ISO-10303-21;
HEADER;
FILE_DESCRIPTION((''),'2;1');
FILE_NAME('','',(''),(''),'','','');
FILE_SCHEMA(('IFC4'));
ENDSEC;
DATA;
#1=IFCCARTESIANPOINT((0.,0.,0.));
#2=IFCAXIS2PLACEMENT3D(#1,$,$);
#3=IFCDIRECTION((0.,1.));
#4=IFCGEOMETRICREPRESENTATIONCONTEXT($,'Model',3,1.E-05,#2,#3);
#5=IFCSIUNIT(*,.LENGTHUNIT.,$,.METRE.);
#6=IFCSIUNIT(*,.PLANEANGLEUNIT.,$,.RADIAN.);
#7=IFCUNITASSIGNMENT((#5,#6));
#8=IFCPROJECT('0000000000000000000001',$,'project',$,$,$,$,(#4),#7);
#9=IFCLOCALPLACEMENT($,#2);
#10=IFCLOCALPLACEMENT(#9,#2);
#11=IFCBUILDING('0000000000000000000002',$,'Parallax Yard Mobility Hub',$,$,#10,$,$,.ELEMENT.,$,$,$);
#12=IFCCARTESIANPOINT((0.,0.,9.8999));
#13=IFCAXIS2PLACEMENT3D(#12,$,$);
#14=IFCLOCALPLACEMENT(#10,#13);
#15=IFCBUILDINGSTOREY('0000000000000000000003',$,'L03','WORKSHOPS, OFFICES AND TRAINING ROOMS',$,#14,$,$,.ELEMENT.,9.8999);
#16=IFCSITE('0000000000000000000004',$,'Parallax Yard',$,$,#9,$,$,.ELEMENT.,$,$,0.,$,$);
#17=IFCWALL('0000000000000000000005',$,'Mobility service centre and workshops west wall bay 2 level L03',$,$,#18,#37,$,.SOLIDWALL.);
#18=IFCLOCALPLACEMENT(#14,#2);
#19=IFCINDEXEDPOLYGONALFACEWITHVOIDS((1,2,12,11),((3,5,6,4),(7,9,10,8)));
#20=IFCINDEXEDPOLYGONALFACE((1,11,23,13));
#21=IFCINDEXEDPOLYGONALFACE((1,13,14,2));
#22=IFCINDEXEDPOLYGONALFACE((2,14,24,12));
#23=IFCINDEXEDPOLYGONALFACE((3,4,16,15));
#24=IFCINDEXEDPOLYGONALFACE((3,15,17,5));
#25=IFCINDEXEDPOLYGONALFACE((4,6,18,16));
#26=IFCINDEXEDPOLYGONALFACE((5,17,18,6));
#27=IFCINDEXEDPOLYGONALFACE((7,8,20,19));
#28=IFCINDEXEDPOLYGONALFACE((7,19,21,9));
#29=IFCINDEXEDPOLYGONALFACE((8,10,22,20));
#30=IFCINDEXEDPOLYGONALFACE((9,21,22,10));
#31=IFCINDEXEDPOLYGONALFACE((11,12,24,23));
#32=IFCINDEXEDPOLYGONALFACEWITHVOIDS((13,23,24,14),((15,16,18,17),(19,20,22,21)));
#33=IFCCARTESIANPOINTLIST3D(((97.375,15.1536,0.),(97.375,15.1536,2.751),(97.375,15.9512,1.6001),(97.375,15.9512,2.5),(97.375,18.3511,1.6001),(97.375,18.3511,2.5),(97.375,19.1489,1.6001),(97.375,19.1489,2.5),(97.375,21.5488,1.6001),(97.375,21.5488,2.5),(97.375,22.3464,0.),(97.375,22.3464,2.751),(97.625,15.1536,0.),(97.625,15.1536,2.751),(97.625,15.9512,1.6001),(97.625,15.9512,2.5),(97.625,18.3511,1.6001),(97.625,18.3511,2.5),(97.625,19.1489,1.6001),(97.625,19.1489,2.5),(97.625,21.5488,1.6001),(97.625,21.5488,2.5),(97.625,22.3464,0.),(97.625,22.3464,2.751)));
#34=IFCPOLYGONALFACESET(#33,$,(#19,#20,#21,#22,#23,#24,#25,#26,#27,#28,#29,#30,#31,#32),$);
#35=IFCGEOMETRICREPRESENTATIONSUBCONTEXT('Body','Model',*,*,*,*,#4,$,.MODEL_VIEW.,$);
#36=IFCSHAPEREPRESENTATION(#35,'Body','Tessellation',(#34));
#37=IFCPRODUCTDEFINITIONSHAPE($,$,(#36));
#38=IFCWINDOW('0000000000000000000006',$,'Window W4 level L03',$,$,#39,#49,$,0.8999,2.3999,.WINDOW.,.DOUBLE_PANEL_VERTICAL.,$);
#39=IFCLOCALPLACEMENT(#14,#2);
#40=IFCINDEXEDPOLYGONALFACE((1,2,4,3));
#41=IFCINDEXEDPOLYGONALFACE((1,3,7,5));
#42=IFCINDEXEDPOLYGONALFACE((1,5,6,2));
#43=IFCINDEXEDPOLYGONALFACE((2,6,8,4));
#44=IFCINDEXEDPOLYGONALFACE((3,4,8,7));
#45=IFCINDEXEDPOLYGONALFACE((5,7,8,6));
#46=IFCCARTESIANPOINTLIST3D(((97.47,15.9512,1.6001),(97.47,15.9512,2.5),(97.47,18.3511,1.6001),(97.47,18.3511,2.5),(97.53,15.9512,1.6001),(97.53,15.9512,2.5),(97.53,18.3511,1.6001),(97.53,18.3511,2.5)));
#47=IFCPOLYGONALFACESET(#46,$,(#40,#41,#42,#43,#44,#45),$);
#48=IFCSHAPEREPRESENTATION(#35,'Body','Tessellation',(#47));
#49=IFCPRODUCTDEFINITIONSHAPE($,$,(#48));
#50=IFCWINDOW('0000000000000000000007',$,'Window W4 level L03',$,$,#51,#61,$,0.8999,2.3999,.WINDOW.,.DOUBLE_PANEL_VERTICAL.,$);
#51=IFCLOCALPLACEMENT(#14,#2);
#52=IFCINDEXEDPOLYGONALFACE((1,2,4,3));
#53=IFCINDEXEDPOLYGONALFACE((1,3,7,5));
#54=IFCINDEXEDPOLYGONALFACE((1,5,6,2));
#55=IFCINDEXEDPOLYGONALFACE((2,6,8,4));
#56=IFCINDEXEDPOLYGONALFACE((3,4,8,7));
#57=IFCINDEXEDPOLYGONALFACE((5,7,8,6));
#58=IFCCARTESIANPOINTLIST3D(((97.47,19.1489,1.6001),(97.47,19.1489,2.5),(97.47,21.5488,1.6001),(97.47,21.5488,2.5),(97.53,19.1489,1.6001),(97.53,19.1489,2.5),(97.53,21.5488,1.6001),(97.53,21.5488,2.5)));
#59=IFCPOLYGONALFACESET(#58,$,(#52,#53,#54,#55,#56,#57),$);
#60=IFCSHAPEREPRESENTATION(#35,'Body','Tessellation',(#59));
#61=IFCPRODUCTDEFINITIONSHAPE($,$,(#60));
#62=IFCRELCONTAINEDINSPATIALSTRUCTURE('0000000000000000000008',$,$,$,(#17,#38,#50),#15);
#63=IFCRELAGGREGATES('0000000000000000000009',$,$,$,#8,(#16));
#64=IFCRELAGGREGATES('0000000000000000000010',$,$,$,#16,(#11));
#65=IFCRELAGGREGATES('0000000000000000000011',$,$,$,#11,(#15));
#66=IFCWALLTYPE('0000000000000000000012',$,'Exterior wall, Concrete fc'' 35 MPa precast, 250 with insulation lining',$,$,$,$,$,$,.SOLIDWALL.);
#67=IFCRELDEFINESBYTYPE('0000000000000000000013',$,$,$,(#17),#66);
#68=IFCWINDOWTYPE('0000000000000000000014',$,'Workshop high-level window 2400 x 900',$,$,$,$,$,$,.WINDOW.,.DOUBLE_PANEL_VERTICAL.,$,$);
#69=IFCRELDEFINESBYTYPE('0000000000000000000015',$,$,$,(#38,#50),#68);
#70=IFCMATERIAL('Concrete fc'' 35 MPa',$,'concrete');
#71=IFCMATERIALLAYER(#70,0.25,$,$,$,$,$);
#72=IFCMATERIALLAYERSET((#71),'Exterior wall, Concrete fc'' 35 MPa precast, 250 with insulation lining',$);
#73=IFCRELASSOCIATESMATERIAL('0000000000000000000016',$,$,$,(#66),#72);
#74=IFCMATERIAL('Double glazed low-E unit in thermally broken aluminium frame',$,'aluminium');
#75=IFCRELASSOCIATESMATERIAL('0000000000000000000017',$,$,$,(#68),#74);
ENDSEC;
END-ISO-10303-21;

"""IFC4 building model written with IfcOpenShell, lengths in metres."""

from ifc_helpers import new_model, si_unit, direction, frame, frame_2d, origin, place, context, subcontext, project, spatial, rectangle, extrude, material, layer, layer_set, type_object, element, fill, save


model = new_model("IFC4")

# Units and contexts
model_context = context("Model", 3, precision=1e-05, world=origin(), true_north=direction((0.0, 1.0)))
body_context = subcontext(model_context, "Body", "Model", "MODEL_VIEW")
ifc_project = project(units=[si_unit("LENGTHUNIT", "METRE"), si_unit("PLANEANGLEUNIT", "RADIAN")], contexts=[model_context])

# Site, building, storey
site_placement = place(None, origin())
site = spatial("IfcSite", under=ifc_project, at=site_placement, Name="Parallax Yard", CompositionType="ELEMENT", RefElevation=0.0)
building_placement = place(site_placement, origin())
building = spatial("IfcBuilding", under=site, at=building_placement, Name="Parallax Yard Mobility Hub", CompositionType="ELEMENT")
storey_placement = place(building_placement, frame((0.0, 0.0, 9.8999)))
storey = spatial("IfcBuildingStorey", under=building, at=storey_placement, Name="L03", Description="WORKSHOPS, OFFICES AND TRAINING ROOMS", CompositionType="ELEMENT", Elevation=9.8999)

# Wall, openings, windows
ifc_material_1 = material(Name="Concrete fc' 35 MPa", Category="concrete")
ifc_layer = layer(ifc_material_1, 0.25)
ifc_layer_set = layer_set([ifc_layer], Name="Exterior wall, Concrete fc' 35 MPa precast, 250 with insulation lining")
wall_type = type_object("IfcWallType", Name="Exterior wall, Concrete fc' 35 MPa precast, 250 with insulation lining", PredefinedType="SOLIDWALL", material=ifc_layer_set)
wall_placement = place(storey_placement, frame((97.5, 15.1536, 0.0), z_axis=(0.0, 0.0, 1.0), x_axis=(0.0, 1.0, 0.0)))
wall = element("IfcWall", 1, at=wall_placement, inside=storey, type_object=wall_type, Name="Mobility service centre and workshops west wall bay 2 level L03", PredefinedType="SOLIDWALL", context=body_context, shape_type="SweptSolid", body=[
    extrude(rectangle(XDim=7.1929, YDim=0.25, at=frame_2d((3.5964, 0.0))), origin(), (0.0, 0.0, 1.0), 2.751),
])
opening_1_placement = place(wall_placement, frame((0.7976, 0.0, 1.6001)))
opening_1 = element("IfcOpeningElement", 2, at=opening_1_placement, cuts=wall, PredefinedType="OPENING", context=body_context, shape_type="SweptSolid", body=[
    extrude(rectangle(XDim=2.3999, YDim=0.8999, at=frame_2d((1.2, 0.45))), frame((0.0, 0.135, 0.0), z_axis=(0.0, -1.0, 0.0), x_axis=(1.0, 0.0, 0.0)), (0.0, 0.0, 1.0), 0.27),
])
opening_2_placement = place(wall_placement, frame((3.9954, 0.0, 1.6001)))
opening_2 = element("IfcOpeningElement", 3, at=opening_2_placement, cuts=wall, PredefinedType="OPENING", context=body_context, shape_type="SweptSolid", body=[
    extrude(rectangle(XDim=2.3999, YDim=0.8999, at=frame_2d((1.2, 0.45))), frame((0.0, 0.135, 0.0), z_axis=(0.0, -1.0, 0.0), x_axis=(1.0, 0.0, 0.0)), (0.0, 0.0, 1.0), 0.27),
])
ifc_material_2 = material(Name="Double glazed low-E unit in thermally broken aluminium frame", Category="aluminium")
window_type = type_object("IfcWindowType", Name="Workshop high-level window 2400 x 900", PartitioningType="DOUBLE_PANEL_VERTICAL", PredefinedType="WINDOW", material=ifc_material_2)
window_1_placement = place(opening_1_placement, origin())
window_1 = element("IfcWindow", 4, at=window_1_placement, inside=storey, type_object=window_type, Name="Window W4 level L03", OverallHeight=0.8999, OverallWidth=2.3999, PartitioningType="DOUBLE_PANEL_VERTICAL", PredefinedType="WINDOW", context=body_context, shape_type="SweptSolid", body=[
    extrude(rectangle(XDim=2.3999, YDim=0.8999, at=frame_2d((1.2, 0.45))), frame((0.0, 0.03, 0.0), z_axis=(0.0, -1.0, 0.0), x_axis=(1.0, 0.0, 0.0)), (0.0, 0.0, 1.0), 0.0601),
])
fill(opening_1, window_1)
window_2_placement = place(opening_2_placement, origin())
window_2 = element("IfcWindow", 5, at=window_2_placement, inside=storey, type_object=window_type, Name="Window W4 level L03", OverallHeight=0.8999, OverallWidth=2.3999, PartitioningType="DOUBLE_PANEL_VERTICAL", PredefinedType="WINDOW", context=body_context, shape_type="SweptSolid", body=[
    extrude(rectangle(XDim=2.3999, YDim=0.8999, at=frame_2d((1.2, 0.45))), frame((0.0, 0.03, 0.0), z_axis=(0.0, -1.0, 0.0), x_axis=(1.0, 0.0, 0.0)), (0.0, 0.0, 1.0), 0.0601),
])
fill(opening_2, window_2)

save(model, "model.ifc")
